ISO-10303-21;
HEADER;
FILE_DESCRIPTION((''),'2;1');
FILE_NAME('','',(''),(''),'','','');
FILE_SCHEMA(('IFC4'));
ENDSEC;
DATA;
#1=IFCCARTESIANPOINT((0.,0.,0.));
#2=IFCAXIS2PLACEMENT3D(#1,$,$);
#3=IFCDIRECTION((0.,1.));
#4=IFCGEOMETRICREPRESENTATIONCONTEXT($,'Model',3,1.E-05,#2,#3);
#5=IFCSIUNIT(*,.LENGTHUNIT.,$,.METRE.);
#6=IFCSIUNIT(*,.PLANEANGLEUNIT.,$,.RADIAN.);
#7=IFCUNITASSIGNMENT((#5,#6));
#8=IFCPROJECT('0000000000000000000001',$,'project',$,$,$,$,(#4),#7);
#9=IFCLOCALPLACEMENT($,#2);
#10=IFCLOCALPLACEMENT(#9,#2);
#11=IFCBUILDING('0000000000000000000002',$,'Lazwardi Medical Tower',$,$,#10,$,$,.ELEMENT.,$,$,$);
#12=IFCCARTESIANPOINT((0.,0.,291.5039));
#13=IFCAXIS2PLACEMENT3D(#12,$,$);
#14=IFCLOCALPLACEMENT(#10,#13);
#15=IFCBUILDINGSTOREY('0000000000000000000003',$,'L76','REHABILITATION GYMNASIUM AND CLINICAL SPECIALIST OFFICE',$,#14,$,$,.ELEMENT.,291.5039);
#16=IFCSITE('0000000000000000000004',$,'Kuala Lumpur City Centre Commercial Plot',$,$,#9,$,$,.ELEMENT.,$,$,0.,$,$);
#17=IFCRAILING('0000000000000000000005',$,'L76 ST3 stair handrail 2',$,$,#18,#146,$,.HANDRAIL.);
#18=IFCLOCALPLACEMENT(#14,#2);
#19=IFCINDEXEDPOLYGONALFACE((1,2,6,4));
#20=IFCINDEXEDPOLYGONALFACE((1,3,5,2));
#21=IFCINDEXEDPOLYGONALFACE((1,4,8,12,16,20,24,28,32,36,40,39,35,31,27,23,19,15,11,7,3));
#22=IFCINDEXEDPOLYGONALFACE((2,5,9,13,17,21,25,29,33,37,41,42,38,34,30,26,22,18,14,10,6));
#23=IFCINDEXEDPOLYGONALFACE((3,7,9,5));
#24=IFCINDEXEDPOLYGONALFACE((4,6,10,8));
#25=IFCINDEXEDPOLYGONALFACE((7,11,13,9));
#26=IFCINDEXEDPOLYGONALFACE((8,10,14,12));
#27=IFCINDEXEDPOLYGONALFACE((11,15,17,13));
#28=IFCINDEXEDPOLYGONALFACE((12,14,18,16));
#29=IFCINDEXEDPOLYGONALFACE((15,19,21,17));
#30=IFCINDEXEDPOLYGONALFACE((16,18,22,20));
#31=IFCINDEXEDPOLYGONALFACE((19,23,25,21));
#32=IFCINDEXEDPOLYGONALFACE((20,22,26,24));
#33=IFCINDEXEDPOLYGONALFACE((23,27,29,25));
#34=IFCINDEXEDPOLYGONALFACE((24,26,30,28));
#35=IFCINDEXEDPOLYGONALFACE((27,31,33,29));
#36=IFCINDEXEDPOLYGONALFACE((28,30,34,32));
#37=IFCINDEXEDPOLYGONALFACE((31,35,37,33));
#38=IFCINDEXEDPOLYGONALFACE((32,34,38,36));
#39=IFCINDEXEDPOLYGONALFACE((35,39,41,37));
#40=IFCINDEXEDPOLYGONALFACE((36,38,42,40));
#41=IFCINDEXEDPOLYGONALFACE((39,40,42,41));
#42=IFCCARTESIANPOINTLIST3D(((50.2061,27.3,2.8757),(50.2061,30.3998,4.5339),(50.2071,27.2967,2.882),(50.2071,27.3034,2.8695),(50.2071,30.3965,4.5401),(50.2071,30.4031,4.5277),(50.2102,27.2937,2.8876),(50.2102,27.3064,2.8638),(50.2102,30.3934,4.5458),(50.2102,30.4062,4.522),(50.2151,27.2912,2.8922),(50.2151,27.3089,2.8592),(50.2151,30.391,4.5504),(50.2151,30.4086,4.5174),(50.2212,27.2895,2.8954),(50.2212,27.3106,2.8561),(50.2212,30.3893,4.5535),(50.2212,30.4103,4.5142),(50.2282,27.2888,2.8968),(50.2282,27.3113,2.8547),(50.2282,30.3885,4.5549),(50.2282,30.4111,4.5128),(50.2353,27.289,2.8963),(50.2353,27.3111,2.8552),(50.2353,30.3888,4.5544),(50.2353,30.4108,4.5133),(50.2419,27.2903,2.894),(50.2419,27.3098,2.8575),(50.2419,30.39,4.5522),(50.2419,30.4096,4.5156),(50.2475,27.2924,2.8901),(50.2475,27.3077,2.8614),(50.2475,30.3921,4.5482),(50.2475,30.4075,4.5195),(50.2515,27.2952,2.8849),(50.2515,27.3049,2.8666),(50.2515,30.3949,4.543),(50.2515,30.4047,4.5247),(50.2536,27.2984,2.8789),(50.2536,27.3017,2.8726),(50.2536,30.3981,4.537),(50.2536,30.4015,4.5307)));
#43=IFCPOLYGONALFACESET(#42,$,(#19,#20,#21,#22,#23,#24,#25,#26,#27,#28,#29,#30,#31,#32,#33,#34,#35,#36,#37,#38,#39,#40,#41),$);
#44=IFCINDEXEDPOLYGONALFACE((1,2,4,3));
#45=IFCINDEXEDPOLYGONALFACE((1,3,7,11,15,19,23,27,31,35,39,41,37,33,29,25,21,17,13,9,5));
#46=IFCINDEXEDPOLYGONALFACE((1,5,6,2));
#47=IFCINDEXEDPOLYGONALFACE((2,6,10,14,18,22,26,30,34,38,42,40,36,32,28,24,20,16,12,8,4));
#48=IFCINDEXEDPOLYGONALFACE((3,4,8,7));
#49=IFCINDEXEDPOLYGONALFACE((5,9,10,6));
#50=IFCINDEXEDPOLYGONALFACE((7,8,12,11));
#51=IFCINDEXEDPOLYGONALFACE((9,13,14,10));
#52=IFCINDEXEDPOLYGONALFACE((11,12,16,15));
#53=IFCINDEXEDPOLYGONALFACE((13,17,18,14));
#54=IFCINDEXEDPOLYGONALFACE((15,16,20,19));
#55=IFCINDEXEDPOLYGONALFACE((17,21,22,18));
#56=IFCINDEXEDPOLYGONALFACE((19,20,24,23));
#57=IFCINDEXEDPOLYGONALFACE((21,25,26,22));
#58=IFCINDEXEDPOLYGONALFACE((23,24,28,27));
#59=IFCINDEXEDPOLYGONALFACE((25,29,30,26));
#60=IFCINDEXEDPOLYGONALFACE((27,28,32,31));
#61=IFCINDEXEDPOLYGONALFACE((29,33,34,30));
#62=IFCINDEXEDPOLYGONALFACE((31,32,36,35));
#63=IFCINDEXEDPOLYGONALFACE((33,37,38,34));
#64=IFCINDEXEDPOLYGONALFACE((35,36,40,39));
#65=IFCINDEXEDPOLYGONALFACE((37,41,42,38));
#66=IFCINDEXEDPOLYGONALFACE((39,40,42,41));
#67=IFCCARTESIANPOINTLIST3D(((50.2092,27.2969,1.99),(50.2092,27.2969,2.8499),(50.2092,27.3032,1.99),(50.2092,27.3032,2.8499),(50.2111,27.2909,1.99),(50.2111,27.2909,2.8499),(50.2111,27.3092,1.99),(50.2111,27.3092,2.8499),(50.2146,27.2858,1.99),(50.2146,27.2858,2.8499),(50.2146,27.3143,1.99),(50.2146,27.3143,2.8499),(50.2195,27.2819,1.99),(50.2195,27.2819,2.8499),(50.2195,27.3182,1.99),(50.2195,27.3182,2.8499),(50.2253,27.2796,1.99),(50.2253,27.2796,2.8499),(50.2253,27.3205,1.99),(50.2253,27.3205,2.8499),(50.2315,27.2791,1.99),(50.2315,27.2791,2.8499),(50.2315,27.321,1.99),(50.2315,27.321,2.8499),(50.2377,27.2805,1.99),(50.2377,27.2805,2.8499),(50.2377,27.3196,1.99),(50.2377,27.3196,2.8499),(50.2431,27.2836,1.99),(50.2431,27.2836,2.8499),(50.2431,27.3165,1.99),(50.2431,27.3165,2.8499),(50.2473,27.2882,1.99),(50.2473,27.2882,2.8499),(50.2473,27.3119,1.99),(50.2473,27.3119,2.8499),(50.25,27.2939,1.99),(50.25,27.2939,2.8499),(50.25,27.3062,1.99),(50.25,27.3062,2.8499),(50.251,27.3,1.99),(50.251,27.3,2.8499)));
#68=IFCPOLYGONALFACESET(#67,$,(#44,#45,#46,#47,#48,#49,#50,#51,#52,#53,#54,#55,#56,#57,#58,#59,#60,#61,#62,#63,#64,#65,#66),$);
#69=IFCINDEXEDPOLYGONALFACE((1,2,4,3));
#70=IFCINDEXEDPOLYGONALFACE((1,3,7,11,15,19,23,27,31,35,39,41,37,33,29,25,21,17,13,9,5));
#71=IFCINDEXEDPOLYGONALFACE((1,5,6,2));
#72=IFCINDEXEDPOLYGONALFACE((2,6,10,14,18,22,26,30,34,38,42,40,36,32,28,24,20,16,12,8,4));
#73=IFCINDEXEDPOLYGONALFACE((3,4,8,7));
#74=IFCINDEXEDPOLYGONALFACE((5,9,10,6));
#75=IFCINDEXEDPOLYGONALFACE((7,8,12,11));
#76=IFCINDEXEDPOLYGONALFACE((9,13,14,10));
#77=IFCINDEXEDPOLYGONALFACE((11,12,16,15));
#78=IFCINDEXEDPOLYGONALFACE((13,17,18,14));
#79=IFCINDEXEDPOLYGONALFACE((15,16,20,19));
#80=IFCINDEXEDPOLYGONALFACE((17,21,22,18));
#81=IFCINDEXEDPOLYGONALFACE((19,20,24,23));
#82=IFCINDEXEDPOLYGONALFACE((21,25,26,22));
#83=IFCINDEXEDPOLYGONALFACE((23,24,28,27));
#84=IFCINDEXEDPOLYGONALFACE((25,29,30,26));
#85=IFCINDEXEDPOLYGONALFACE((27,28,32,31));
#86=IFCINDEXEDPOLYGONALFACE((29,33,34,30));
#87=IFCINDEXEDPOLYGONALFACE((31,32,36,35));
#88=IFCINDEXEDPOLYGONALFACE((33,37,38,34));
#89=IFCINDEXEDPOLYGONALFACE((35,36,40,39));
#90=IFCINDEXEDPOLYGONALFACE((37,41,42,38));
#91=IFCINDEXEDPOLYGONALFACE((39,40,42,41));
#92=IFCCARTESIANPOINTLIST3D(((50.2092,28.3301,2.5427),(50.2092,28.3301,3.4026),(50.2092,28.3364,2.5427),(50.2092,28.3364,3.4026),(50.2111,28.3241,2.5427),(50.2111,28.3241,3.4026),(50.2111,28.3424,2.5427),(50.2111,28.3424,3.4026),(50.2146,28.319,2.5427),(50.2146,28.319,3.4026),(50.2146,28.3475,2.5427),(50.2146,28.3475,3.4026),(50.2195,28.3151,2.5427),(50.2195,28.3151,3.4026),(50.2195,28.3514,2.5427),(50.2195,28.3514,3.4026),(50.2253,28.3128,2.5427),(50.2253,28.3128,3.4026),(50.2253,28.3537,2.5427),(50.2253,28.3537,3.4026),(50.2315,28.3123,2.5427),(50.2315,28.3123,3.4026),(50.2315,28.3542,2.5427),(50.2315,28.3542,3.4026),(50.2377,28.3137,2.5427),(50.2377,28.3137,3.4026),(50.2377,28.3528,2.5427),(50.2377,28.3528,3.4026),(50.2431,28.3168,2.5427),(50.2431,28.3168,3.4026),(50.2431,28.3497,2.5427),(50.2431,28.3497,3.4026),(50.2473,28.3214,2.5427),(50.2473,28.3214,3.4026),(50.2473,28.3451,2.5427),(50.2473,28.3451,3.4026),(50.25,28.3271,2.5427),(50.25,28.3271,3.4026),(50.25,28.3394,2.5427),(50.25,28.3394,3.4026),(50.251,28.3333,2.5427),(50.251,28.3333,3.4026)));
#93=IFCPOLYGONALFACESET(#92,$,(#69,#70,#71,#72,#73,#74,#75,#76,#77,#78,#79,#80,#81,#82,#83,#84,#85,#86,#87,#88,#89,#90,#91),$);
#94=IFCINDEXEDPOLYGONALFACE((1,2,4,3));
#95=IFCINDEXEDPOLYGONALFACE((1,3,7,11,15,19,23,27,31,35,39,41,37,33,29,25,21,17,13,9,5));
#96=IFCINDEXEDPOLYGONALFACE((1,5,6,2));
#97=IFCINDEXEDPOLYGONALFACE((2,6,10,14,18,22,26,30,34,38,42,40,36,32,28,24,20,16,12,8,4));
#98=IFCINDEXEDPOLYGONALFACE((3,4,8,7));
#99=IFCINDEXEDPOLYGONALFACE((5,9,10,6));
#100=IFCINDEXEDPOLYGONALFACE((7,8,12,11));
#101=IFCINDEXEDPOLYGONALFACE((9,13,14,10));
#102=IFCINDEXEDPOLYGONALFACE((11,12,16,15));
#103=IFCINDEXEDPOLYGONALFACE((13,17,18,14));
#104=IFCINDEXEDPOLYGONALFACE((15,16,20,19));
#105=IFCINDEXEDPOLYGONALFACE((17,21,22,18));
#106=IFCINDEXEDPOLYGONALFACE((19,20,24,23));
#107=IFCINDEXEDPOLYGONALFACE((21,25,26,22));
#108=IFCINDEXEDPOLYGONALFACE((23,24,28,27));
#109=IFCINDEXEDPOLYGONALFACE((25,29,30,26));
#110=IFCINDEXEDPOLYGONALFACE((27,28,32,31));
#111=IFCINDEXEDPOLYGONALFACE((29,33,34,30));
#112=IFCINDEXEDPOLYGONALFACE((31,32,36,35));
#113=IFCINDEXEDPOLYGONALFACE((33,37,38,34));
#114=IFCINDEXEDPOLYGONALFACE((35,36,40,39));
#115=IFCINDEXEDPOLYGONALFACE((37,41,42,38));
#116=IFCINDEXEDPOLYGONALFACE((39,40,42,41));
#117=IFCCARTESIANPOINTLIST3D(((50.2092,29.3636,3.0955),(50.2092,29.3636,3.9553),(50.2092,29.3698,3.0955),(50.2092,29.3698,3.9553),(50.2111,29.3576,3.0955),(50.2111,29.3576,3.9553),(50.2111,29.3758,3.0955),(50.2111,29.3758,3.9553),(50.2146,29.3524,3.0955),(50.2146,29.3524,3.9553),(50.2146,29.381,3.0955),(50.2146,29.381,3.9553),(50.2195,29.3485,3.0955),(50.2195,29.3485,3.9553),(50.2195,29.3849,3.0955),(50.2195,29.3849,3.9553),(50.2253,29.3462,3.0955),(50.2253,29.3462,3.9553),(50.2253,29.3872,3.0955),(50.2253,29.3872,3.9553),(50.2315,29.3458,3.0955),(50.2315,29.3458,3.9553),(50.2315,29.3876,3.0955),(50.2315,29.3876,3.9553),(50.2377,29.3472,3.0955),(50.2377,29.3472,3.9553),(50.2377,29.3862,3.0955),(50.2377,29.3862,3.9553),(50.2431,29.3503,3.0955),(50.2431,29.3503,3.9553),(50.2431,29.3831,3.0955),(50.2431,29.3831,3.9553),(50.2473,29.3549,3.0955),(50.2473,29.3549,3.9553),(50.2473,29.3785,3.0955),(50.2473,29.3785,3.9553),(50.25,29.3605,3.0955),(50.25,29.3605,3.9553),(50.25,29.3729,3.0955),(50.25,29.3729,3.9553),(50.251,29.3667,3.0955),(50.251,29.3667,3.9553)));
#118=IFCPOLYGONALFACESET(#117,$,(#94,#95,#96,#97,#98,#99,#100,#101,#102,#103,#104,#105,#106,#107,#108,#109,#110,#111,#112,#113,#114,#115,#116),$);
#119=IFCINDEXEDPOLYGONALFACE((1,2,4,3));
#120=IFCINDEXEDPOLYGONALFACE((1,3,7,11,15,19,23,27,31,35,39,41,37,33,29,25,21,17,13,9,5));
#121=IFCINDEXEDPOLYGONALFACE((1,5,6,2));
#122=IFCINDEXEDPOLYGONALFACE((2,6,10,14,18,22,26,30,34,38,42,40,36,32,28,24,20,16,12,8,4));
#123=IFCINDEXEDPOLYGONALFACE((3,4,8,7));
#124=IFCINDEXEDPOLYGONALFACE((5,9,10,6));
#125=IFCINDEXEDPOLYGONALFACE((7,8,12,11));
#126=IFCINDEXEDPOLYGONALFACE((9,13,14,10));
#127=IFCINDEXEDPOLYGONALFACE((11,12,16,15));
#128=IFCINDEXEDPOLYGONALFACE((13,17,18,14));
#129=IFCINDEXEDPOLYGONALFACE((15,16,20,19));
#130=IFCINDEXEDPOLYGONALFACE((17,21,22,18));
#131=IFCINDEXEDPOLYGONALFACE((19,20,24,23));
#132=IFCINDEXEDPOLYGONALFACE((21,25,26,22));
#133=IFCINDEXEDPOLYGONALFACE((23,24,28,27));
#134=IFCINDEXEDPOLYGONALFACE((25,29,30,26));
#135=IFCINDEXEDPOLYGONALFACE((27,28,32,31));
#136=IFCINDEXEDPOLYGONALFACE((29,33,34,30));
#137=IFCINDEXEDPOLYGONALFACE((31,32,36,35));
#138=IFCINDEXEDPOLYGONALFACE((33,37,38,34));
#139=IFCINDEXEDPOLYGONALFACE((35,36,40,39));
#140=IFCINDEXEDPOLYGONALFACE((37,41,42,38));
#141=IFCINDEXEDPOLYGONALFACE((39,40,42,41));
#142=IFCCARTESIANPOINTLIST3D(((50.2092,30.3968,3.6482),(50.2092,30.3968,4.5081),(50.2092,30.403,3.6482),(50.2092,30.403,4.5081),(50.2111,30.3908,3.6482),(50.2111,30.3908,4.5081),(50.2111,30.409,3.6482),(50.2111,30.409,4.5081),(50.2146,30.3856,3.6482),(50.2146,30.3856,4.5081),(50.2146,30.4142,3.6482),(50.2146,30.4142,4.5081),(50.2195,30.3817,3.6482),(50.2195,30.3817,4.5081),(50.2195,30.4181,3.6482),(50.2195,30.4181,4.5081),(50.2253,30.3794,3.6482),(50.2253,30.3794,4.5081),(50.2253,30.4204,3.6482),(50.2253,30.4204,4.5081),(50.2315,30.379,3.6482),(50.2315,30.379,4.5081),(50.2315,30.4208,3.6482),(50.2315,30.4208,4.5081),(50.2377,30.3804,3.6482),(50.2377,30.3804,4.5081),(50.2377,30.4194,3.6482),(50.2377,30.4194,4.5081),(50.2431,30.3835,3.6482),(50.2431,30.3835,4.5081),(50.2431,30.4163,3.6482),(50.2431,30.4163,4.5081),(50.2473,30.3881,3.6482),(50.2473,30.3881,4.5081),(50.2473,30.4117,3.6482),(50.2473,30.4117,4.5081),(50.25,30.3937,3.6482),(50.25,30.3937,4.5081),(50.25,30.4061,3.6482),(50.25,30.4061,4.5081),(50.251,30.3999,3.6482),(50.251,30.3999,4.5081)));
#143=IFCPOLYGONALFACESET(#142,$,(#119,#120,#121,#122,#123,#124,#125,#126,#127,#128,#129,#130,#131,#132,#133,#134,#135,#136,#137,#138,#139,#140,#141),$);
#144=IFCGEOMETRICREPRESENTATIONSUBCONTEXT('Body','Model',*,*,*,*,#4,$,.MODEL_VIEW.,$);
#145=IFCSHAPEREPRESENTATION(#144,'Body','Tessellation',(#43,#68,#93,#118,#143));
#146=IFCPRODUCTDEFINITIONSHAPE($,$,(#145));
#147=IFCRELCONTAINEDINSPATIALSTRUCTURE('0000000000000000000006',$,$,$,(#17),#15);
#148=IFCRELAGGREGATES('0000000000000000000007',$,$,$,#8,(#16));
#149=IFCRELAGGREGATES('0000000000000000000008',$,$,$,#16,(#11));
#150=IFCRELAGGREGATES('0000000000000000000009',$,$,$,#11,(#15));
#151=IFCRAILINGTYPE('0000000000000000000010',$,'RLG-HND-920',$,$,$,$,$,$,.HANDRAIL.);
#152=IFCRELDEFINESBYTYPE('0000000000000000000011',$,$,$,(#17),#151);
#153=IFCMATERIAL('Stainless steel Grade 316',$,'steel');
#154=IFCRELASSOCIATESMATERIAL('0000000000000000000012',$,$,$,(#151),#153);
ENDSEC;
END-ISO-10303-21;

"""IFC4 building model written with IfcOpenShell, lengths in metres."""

from ifc_helpers import new_model, si_unit, direction, frame, origin, origin_2d, place, context, subcontext, project, spatial, circle, extrude, material, type_object, element, save


model = new_model("IFC4")

# Units and contexts
model_context = context("Model", 3, precision=1e-05, world=origin(), true_north=direction((0.0, 1.0)))
body_context = subcontext(model_context, "Body", "Model", "MODEL_VIEW")
ifc_project = project(units=[si_unit("LENGTHUNIT", "METRE"), si_unit("PLANEANGLEUNIT", "RADIAN")], contexts=[model_context])

# Site, building, storey
site_placement = place(None, origin())
site = spatial("IfcSite", under=ifc_project, at=site_placement, Name="Kuala Lumpur City Centre Commercial Plot", CompositionType="ELEMENT", RefElevation=0.0)
building_placement = place(site_placement, origin())
building = spatial("IfcBuilding", under=site, at=building_placement, Name="Lazwardi Medical Tower", CompositionType="ELEMENT")
storey_placement = place(building_placement, frame((0.0, 0.0, 291.5039)))
storey = spatial("IfcBuildingStorey", under=building, at=storey_placement, Name="L76", Description="REHABILITATION GYMNASIUM AND CLINICAL SPECIALIST OFFICE", CompositionType="ELEMENT", Elevation=291.5039)

# Railing
ifc_material_1 = material(Name="Stainless steel Grade 316", Category="steel")
railing_type_1 = type_object("IfcRailingType", Name="RLG-HND-920", PredefinedType="HANDRAIL", material=ifc_material_1)
railing_1_placement = place(storey_placement, frame((50.23, 27.3, 1.99)))
element("IfcRailing", 1, at=railing_1_placement, inside=storey, type_object=railing_type_1, Name="L76 ST3 stair handrail 2", PredefinedType="HANDRAIL", context=body_context, shape_type="SweptSolid", body=[
    extrude(circle(Radius=0.0239, at=origin_2d()), frame((0.0, 0.0, 0.8857), z_axis=(0.0, 0.881768, 0.471684), x_axis=(-1.0, 0.0, 0.0)), (0.0, 0.0, 1.0), 3.5154),
    extrude(circle(Radius=0.021, at=origin_2d()), origin(), (0.0, 0.0, 1.0), 0.8599),
    extrude(circle(Radius=0.021, at=origin_2d()), frame((0.0, 1.0332, 0.5527)), (0.0, 0.0, 1.0), 0.8599),
    extrude(circle(Radius=0.021, at=origin_2d()), frame((0.0, 2.0667, 1.1055)), (0.0, 0.0, 1.0), 0.8599),
    extrude(circle(Radius=0.021, at=origin_2d()), frame((0.0, 3.0999, 1.6582)), (0.0, 0.0, 1.0), 0.8599),
])

save(model, "model.ifc")
